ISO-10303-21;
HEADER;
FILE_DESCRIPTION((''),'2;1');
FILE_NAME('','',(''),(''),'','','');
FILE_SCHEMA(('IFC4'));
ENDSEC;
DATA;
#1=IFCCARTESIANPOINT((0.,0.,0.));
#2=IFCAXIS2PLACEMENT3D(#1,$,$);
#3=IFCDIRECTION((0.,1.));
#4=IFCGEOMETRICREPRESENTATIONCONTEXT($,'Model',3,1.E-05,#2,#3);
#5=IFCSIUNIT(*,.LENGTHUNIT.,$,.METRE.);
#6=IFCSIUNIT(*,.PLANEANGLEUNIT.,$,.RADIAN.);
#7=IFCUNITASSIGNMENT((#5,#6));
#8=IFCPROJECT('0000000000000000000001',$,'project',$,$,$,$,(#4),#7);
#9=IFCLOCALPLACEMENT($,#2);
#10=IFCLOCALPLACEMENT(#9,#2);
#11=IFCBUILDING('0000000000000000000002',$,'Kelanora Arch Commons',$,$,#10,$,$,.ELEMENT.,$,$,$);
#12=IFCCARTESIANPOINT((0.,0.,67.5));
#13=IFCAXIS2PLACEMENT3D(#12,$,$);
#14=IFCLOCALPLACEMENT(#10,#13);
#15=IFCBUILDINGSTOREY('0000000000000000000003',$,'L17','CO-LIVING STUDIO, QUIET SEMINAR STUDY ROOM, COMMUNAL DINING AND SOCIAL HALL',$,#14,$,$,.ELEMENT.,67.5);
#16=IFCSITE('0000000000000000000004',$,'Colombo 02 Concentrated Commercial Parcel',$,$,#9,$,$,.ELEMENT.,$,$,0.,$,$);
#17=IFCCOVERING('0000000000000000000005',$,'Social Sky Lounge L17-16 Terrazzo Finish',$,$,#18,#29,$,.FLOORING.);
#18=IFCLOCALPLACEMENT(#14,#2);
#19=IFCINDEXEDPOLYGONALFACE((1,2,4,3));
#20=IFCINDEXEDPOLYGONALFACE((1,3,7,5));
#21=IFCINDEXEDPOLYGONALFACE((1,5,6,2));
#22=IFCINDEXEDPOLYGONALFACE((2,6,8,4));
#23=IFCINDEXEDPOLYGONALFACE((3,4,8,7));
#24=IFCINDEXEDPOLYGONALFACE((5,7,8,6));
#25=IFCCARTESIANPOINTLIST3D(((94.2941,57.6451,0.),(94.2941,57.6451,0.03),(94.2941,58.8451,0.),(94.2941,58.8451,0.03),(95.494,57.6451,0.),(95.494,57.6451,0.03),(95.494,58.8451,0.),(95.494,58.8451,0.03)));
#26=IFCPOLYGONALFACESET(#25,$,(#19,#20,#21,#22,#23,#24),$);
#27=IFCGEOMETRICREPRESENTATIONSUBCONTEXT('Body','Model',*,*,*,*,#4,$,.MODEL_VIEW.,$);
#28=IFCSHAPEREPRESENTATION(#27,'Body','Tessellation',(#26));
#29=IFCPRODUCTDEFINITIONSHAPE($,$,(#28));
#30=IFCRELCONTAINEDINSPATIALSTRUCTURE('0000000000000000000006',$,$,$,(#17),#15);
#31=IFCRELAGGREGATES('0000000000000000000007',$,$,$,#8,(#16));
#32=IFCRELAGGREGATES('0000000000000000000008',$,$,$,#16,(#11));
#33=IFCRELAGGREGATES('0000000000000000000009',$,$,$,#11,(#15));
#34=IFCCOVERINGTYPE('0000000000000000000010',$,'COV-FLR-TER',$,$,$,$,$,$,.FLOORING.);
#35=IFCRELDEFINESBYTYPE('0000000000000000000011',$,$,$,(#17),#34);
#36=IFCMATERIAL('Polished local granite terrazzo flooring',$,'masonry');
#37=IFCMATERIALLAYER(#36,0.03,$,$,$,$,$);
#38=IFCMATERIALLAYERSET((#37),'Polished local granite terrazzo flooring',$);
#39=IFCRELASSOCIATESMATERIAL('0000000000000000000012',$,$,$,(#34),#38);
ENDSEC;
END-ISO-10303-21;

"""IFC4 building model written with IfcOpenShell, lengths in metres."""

from ifc_helpers import new_model, si_unit, direction, frame, origin, origin_2d, place, context, subcontext, project, spatial, rectangle, extrude, source, transform, mapped, material, layer, layer_set, type_object, element, save


model = new_model("IFC4")

# Units and contexts
model_context = context("Model", 3, precision=1e-05, world=origin(), true_north=direction((0.0, 1.0)))
body_context = subcontext(model_context, "Body", "Model", "MODEL_VIEW")
ifc_project = project(units=[si_unit("LENGTHUNIT", "METRE"), si_unit("PLANEANGLEUNIT", "RADIAN")], contexts=[model_context])

# Site, building, storey
site_placement = place(None, origin())
site = spatial("IfcSite", under=ifc_project, at=site_placement, Name="Colombo 02 Concentrated Commercial Parcel", CompositionType="ELEMENT", RefElevation=0.0)
building_placement = place(site_placement, origin())
building = spatial("IfcBuilding", under=site, at=building_placement, Name="Kelanora Arch Commons", CompositionType="ELEMENT")
storey_placement = place(building_placement, frame((0.0, 0.0, 67.5)))
storey = spatial("IfcBuildingStorey", under=building, at=storey_placement, Name="L17", Description="CO-LIVING STUDIO, QUIET SEMINAR STUDY ROOM, COMMUNAL DINING AND SOCIAL HALL", CompositionType="ELEMENT", Elevation=67.5)

# Covering
ifc_material_1 = material(Name="Polished local granite terrazzo flooring", Category="masonry")
ifc_layer_1 = layer(ifc_material_1, 0.03)
ifc_layer_set_1 = layer_set([ifc_layer_1], Name="Polished local granite terrazzo flooring")
covering_type = type_object("IfcCoveringType", Name="COV-FLR-TER", PredefinedType="FLOORING", material=ifc_layer_set_1)
shared_shape_1 = source(origin(), body_context, "Body", "SweptSolid", [
    extrude(rectangle(XDim=1.2, YDim=1.2, at=origin_2d()), origin(), (0.0, 0.0, 1.0), 0.03),
])
covering_placement = place(storey_placement, frame((94.894, 58.2451, 0.0), z_axis=(0.0, 0.0, 1.0), x_axis=(1.0, 0.0, 0.0)))
element("IfcCovering", 1, at=covering_placement, inside=storey, type_object=covering_type, Name="Social Sky Lounge L17-16 Terrazzo Finish", PredefinedType="FLOORING", context=body_context, shape_type="MappedRepresentation", body=[
    mapped(shared_shape_1, transform((0.0, 0.0, 0.0), scale=1.0)),
])

save(model, "model.ifc")
